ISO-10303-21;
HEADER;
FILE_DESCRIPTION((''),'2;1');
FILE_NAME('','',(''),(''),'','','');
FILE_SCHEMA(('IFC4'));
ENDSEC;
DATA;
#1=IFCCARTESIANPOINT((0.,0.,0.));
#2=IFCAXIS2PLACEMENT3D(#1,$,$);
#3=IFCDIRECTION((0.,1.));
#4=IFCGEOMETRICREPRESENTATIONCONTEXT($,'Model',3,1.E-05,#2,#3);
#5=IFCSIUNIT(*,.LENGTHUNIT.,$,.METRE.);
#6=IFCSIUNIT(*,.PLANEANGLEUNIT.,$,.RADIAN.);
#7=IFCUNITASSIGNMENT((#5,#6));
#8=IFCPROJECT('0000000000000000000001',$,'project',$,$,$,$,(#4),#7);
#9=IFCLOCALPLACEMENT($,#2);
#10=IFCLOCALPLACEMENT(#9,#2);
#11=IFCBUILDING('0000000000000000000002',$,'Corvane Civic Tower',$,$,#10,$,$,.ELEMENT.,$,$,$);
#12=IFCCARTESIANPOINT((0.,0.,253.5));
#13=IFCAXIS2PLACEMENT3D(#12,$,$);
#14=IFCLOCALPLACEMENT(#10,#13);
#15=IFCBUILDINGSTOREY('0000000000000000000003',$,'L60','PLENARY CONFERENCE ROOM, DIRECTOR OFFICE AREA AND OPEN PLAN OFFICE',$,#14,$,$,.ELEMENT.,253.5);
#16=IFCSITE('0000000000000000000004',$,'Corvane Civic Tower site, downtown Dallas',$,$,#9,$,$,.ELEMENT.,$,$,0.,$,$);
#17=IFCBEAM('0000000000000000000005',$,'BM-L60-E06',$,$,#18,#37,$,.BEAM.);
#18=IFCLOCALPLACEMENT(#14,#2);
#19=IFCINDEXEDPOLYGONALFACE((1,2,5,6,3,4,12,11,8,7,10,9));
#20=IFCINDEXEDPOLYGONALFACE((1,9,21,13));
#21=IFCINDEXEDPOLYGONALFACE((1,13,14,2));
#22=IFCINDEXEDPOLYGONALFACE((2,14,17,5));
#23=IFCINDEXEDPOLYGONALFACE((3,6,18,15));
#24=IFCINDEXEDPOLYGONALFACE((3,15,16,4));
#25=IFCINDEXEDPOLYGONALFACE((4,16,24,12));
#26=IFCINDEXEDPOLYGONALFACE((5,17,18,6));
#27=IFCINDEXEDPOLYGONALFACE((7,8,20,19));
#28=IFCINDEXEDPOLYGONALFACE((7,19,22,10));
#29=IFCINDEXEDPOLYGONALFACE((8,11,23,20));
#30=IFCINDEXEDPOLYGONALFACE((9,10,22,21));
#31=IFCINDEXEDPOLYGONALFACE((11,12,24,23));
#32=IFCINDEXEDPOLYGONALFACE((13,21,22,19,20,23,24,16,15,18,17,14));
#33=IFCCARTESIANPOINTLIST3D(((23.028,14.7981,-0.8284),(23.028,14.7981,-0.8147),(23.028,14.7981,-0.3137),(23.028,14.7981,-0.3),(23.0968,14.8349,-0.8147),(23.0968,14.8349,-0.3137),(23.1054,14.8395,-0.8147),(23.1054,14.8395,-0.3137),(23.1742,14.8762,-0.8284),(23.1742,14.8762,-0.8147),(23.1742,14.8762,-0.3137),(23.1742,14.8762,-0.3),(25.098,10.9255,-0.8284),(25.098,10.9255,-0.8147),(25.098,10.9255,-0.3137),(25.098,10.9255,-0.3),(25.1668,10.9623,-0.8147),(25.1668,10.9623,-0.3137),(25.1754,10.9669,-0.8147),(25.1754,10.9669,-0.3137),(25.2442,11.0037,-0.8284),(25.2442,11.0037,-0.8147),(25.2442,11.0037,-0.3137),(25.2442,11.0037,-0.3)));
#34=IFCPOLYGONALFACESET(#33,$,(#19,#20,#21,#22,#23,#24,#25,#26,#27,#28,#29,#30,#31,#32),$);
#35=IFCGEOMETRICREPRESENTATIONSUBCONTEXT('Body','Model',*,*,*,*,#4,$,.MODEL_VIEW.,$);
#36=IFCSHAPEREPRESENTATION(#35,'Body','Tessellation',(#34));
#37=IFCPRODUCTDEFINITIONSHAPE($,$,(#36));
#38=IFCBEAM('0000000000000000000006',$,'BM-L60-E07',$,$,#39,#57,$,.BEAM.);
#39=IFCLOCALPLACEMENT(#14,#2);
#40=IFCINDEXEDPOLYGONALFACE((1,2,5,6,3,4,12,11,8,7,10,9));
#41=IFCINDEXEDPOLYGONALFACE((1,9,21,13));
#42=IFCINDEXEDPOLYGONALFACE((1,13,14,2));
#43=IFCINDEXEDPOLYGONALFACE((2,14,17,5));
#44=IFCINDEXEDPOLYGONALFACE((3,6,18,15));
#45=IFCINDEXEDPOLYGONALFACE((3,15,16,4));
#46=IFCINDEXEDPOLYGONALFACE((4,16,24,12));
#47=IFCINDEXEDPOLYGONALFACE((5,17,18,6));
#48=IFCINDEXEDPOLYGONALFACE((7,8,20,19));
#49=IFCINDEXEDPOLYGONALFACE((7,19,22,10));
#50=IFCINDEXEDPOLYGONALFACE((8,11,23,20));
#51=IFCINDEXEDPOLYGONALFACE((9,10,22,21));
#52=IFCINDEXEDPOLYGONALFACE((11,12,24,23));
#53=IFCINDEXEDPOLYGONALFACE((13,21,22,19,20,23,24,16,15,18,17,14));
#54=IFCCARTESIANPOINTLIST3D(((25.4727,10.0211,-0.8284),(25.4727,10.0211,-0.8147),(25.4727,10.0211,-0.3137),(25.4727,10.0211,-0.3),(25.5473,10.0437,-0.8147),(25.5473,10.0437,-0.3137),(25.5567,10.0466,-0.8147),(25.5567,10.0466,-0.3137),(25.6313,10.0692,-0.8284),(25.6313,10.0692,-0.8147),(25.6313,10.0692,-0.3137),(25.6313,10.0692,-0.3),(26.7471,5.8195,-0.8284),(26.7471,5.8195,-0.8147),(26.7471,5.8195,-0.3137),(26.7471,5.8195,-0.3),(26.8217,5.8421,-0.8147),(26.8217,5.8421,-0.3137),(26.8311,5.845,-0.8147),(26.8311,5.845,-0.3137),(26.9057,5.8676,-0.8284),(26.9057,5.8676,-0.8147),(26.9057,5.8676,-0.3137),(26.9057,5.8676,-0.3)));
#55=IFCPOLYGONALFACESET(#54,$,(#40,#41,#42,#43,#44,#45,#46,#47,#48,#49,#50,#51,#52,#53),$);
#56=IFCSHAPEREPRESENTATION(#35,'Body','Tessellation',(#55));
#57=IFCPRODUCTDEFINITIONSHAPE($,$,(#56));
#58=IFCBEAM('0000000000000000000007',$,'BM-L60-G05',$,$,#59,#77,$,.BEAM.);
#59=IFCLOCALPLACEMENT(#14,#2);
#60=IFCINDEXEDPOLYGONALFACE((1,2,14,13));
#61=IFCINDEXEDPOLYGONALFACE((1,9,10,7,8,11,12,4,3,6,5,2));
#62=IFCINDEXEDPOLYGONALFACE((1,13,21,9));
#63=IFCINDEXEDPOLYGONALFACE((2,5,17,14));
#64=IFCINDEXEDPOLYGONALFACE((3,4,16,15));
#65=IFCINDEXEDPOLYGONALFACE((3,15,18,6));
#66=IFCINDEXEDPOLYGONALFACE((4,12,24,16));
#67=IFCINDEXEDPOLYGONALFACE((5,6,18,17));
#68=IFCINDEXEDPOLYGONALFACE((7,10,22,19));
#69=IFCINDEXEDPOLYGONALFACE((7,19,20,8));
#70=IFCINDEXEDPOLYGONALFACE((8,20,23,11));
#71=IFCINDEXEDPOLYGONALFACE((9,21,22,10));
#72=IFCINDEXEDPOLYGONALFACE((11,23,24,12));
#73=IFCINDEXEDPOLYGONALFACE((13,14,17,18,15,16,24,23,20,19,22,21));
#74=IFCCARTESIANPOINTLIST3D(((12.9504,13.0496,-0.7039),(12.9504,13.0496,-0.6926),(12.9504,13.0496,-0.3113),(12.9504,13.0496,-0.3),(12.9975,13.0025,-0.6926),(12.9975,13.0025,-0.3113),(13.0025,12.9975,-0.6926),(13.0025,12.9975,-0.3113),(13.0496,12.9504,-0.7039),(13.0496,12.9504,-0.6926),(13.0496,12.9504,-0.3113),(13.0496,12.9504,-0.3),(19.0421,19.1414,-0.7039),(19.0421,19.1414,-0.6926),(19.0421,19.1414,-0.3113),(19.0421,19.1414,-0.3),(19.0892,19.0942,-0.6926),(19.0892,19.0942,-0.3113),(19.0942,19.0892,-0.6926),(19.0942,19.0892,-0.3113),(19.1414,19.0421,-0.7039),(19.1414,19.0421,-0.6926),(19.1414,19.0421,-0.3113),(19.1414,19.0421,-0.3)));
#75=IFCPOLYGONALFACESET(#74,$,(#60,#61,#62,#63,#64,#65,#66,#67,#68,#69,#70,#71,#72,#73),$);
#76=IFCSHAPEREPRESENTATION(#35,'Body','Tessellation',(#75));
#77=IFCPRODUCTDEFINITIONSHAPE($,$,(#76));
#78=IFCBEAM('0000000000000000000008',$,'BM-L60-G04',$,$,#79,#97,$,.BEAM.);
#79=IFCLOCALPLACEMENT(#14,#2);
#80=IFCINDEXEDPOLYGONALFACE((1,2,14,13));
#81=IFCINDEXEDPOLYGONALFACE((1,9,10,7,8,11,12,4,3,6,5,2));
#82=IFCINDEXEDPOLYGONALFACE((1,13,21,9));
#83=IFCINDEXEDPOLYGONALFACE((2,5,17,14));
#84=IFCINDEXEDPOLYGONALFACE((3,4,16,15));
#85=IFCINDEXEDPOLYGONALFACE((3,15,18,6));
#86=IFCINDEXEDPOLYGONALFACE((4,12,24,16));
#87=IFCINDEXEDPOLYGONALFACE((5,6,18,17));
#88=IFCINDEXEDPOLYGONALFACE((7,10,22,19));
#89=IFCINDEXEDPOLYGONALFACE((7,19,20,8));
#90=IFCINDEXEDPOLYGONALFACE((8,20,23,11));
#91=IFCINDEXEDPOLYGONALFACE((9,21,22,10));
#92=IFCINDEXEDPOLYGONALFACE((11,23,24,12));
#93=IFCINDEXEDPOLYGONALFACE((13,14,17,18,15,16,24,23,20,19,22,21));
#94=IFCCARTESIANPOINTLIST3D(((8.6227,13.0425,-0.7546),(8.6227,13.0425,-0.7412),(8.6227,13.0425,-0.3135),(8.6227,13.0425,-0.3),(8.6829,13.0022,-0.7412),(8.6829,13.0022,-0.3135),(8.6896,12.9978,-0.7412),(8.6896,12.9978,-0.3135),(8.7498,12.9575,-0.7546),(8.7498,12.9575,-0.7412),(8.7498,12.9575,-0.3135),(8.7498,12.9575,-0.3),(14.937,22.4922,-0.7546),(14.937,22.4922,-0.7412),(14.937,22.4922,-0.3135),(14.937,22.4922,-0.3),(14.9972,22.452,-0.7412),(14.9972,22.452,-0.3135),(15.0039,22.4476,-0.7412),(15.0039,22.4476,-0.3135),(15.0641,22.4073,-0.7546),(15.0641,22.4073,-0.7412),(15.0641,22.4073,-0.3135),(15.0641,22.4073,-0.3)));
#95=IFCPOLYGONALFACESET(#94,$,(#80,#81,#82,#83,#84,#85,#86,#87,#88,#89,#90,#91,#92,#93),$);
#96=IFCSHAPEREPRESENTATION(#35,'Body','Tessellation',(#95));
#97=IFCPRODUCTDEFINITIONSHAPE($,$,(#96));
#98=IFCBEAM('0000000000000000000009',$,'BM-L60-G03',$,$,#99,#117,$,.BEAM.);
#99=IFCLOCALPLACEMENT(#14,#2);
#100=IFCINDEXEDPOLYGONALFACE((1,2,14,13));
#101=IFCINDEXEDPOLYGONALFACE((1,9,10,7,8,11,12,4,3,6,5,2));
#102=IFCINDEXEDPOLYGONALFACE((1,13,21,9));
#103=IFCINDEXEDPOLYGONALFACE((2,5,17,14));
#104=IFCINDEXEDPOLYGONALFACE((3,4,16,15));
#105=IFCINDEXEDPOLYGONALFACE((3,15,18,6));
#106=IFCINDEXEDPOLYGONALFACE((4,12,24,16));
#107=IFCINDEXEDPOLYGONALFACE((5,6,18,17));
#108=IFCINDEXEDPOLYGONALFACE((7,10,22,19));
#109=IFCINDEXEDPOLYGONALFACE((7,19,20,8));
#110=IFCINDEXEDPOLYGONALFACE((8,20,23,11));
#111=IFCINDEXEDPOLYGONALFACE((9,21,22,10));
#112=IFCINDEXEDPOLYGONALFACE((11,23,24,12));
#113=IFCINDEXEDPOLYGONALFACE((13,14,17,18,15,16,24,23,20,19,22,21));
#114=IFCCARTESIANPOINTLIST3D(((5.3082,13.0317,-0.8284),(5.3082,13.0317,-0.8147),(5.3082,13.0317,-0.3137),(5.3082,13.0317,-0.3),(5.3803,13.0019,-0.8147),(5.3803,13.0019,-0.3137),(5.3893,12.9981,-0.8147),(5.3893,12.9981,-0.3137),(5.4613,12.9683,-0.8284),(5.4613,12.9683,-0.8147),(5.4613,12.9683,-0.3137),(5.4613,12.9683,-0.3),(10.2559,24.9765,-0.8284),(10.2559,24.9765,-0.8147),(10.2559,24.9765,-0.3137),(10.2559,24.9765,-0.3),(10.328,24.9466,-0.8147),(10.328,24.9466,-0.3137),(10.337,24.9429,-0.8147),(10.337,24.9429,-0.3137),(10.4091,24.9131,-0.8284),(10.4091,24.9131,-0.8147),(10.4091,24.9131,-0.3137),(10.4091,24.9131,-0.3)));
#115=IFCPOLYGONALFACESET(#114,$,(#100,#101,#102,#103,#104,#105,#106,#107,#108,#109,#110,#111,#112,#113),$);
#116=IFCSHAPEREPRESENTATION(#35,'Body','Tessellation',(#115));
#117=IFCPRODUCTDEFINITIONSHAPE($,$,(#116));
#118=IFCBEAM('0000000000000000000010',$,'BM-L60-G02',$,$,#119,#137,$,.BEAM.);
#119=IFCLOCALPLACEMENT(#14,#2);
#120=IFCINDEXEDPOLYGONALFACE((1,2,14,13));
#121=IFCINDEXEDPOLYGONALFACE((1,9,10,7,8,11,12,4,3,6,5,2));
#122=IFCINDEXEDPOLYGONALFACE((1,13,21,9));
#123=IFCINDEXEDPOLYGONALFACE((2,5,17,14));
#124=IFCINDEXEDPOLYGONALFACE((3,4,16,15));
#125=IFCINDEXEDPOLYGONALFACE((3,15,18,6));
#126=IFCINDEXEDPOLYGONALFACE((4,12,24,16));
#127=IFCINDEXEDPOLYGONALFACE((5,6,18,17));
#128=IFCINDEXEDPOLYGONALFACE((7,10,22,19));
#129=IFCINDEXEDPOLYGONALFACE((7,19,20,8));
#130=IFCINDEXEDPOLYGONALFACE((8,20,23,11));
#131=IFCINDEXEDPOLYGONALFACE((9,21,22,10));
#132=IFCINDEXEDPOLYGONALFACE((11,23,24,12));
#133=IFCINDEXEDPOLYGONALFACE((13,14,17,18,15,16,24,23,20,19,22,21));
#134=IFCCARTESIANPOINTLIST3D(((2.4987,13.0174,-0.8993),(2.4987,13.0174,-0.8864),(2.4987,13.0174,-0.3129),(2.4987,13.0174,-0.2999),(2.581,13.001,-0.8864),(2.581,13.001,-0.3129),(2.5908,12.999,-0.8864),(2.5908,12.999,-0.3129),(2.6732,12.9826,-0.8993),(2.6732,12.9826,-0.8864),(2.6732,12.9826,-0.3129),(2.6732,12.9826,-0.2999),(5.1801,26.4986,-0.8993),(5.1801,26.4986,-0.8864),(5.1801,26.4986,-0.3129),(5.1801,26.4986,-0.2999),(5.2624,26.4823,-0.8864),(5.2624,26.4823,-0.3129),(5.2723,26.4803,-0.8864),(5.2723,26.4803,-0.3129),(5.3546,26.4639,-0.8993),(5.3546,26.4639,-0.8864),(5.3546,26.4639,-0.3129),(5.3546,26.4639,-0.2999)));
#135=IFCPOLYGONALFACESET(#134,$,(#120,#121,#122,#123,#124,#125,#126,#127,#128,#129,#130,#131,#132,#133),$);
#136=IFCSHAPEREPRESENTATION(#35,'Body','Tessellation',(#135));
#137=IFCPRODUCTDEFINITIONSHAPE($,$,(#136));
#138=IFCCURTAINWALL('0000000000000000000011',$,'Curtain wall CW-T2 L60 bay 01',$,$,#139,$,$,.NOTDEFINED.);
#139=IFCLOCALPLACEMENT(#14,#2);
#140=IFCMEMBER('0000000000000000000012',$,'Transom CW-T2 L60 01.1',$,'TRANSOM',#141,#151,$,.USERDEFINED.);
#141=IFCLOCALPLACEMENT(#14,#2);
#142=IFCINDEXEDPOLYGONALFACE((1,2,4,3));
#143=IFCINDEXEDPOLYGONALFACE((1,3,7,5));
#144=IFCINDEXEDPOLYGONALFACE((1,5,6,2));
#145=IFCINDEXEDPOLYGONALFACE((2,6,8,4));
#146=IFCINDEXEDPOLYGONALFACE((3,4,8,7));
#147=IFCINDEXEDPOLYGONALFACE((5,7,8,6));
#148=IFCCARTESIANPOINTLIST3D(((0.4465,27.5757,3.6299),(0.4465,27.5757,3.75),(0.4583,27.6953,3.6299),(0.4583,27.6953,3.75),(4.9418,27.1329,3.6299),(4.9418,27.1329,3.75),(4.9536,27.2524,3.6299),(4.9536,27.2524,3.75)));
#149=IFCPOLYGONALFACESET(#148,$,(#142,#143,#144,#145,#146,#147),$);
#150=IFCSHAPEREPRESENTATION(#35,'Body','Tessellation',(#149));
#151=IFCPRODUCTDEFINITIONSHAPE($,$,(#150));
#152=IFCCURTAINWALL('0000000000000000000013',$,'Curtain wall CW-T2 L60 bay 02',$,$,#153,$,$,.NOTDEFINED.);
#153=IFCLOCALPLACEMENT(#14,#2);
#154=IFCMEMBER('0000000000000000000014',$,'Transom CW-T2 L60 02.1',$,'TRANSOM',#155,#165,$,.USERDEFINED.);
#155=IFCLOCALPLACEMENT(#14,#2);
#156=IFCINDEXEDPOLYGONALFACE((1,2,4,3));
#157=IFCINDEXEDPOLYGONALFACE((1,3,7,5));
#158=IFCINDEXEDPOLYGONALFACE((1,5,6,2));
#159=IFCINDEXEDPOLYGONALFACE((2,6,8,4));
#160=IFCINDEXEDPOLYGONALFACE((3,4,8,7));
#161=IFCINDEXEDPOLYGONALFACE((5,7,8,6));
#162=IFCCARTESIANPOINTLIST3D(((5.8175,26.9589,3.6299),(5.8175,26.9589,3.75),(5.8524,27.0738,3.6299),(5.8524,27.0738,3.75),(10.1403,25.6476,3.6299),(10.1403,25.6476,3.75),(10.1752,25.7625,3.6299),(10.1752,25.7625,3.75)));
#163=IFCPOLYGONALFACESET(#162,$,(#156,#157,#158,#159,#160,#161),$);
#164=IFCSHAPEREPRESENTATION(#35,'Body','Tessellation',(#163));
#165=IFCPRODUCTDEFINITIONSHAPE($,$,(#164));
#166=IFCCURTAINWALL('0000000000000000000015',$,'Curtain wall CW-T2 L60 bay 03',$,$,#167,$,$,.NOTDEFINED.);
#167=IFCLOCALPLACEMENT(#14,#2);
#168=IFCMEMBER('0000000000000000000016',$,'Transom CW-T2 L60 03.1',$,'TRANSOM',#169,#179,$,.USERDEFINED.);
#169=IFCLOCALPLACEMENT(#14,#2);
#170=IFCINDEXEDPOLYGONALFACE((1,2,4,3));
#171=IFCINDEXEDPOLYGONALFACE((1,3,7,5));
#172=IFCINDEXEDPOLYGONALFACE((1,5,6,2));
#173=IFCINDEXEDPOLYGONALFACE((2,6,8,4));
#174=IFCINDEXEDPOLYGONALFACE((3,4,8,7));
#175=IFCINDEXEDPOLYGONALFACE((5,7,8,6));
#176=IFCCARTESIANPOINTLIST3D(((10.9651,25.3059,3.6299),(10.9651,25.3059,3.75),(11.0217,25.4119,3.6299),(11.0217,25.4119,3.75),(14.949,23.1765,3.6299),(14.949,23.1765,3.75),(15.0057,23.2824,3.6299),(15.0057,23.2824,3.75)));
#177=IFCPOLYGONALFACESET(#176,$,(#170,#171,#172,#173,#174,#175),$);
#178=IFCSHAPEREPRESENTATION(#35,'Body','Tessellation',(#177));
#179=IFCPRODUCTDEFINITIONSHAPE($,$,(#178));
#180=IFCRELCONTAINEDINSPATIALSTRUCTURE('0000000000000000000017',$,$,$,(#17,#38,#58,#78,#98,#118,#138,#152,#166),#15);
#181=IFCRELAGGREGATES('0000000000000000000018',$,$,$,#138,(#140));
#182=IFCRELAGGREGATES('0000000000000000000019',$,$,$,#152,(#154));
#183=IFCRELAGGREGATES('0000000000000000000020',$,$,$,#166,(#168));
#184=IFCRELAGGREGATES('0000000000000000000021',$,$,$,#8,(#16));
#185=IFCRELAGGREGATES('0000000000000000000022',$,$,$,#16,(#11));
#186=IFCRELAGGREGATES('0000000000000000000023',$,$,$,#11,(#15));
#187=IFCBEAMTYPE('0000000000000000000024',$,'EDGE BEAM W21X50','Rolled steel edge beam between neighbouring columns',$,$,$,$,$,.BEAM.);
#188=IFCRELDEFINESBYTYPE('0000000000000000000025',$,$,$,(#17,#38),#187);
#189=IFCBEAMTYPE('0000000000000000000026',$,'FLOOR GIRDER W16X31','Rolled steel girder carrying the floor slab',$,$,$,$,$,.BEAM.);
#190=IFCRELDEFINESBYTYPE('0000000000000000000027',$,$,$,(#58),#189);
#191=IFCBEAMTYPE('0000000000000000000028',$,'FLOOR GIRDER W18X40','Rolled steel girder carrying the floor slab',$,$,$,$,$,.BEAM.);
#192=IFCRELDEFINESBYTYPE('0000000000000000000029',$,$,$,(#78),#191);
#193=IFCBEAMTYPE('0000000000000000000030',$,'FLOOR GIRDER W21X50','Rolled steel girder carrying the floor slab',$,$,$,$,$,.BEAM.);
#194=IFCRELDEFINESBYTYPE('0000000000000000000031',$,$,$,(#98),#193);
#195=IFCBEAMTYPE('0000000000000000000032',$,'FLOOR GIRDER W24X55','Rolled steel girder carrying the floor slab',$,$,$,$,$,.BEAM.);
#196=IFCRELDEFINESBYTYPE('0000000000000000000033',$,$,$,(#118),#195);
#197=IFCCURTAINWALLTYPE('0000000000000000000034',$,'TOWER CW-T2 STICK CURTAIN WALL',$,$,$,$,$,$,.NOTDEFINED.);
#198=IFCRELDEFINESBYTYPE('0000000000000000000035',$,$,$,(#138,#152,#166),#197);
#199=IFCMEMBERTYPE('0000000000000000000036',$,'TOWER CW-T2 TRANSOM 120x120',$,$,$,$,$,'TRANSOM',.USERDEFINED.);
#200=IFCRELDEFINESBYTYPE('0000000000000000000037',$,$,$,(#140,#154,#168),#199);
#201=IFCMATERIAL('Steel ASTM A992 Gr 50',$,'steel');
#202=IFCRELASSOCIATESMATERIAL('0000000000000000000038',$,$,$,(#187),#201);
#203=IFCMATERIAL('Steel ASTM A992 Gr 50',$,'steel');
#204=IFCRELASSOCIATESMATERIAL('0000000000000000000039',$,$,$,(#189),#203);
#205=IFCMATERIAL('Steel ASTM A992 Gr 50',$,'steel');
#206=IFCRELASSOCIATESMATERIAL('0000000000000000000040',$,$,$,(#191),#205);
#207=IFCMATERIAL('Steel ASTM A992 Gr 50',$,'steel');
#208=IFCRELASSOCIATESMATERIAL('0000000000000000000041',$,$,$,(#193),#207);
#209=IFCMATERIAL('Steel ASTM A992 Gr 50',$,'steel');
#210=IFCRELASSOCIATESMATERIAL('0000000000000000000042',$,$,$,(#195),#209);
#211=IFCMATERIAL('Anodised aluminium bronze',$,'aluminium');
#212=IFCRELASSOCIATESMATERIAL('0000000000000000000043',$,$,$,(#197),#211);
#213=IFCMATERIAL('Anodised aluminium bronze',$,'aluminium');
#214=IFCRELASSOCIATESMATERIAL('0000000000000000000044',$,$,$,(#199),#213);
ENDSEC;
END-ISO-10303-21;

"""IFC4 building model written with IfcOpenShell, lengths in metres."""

from ifc_helpers import new_model, si_unit, direction, frame, origin, origin_2d, place, context, subcontext, project, spatial, rectangle, i_section, extrude, material, material_profile, profile_set, type_object, element, aggregate, save


model = new_model("IFC4")

# Units and contexts
model_context = context("Model", 3, precision=1e-05, world=origin(), true_north=direction((0.0, 1.0)))
body_context = subcontext(model_context, "Body", "Model", "MODEL_VIEW")
ifc_project = project(units=[si_unit("LENGTHUNIT", "METRE"), si_unit("PLANEANGLEUNIT", "RADIAN")], contexts=[model_context])

# Site, building, storey
site_placement = place(None, origin())
site = spatial("IfcSite", under=ifc_project, at=site_placement, Name="Corvane Civic Tower site, downtown Dallas", CompositionType="ELEMENT", RefElevation=0.0)
building_placement = place(site_placement, origin())
building = spatial("IfcBuilding", under=site, at=building_placement, Name="Corvane Civic Tower", CompositionType="ELEMENT")
storey_placement = place(building_placement, frame((0.0, 0.0, 253.5)))
storey = spatial("IfcBuildingStorey", under=building, at=storey_placement, Name="L60", Description="PLENARY CONFERENCE ROOM, DIRECTOR OFFICE AREA AND OPEN PLAN OFFICE", CompositionType="ELEMENT", Elevation=253.5)

# Beams
ifc_material_1 = material(Name="Steel ASTM A992 Gr 50", Category="steel")
ifc_material_profile_1 = material_profile(ifc_material_1, i_section(OverallWidth=0.1658, OverallDepth=0.5283, WebThickness=0.0098, FlangeThickness=0.0137, at=origin_2d()), Name="W21X50")
ifc_profile_set_1 = profile_set([ifc_material_profile_1], Name="Steel ASTM A992 Gr 50")
beam_type_1 = type_object("IfcBeamType", Name="EDGE BEAM W21X50", Description="Rolled steel edge beam between neighbouring columns", PredefinedType="BEAM", material=ifc_profile_set_1)
for number, where, z_axis, x_axis, name in (
    (1, (23.1011, 14.8372, -0.5642), (0.471422, -0.881908, 0.0), (0.881908, 0.471422, 0.0), "BM-L60-E06"),
):
    element("IfcBeam", number, at=place(storey_placement, frame(where, z_axis=z_axis, x_axis=x_axis)), inside=storey, type_object=beam_type_1, Name=name, PredefinedType="BEAM", context=body_context, shape_type="SweptSolid", body=[
        extrude(i_section(OverallWidth=0.1658, OverallDepth=0.5283, WebThickness=0.0098, FlangeThickness=0.0137, at=origin_2d()), origin(), (0.0, 0.0, 1.0), 4.3911),
    ])
beam_1_placement = place(storey_placement, frame((25.552, 10.0452, -0.5642), z_axis=(0.290254, -0.95695, 0.0), x_axis=(0.95695, 0.290254, 0.0)))
element("IfcBeam", 2, at=beam_1_placement, inside=storey, type_object=beam_type_1, Name="BM-L60-E07", PredefinedType="BEAM", context=body_context, shape_type="SweptSolid", body=[
    extrude(i_section(OverallWidth=0.1658, OverallDepth=0.5283, WebThickness=0.0098, FlangeThickness=0.0137, at=origin_2d()), origin(), (0.0, 0.0, 1.0), 4.3906),
])
ifc_material_2 = material(Name="Steel ASTM A992 Gr 50", Category="steel")
ifc_material_profile_2 = material_profile(ifc_material_2, i_section(OverallWidth=0.1404, OverallDepth=0.4038, WebThickness=0.0071, FlangeThickness=0.0112, at=origin_2d()), Name="W16X31")
ifc_profile_set_2 = profile_set([ifc_material_profile_2], Name="Steel ASTM A992 Gr 50")
beam_type_2 = type_object("IfcBeamType", Name="FLOOR GIRDER W16X31", Description="Rolled steel girder carrying the floor slab", PredefinedType="BEAM", material=ifc_profile_set_2)
beam_2_placement = place(storey_placement, frame((13.0, 13.0, -0.502), z_axis=(0.707107, 0.707107, 0.0), x_axis=(-0.707107, 0.707107, 0.0)))
element("IfcBeam", 3, at=beam_2_placement, inside=storey, type_object=beam_type_2, Name="BM-L60-G05", PredefinedType="BEAM", context=body_context, shape_type="SweptSolid", body=[
    extrude(i_section(OverallWidth=0.1404, OverallDepth=0.4038, WebThickness=0.0071, FlangeThickness=0.0112, at=origin_2d()), origin(), (0.0, 0.0, 1.0), 8.615),
])
ifc_material_3 = material(Name="Steel ASTM A992 Gr 50", Category="steel")
ifc_material_profile_3 = material_profile(ifc_material_3, i_section(OverallWidth=0.1528, OverallDepth=0.4546, WebThickness=0.0081, FlangeThickness=0.0134, at=origin_2d()), Name="W18X40")
ifc_profile_set_3 = profile_set([ifc_material_profile_3], Name="Steel ASTM A992 Gr 50")
beam_type_3 = type_object("IfcBeamType", Name="FLOOR GIRDER W18X40", Description="Rolled steel girder carrying the floor slab", PredefinedType="BEAM", material=ifc_profile_set_3)
beam_3_placement = place(storey_placement, frame((8.6863, 13.0, -0.5273), z_axis=(0.555577, 0.831465, 0.0), x_axis=(-0.831465, 0.555577, 0.0)))
element("IfcBeam", 4, at=beam_3_placement, inside=storey, type_object=beam_type_3, Name="BM-L60-G04", PredefinedType="BEAM", context=body_context, shape_type="SweptSolid", body=[
    extrude(i_section(OverallWidth=0.1528, OverallDepth=0.4546, WebThickness=0.0081, FlangeThickness=0.0134, at=origin_2d()), origin(), (0.0, 0.0, 1.0), 11.3652),
])
ifc_material_4 = material(Name="Steel ASTM A992 Gr 50", Category="steel")
ifc_material_profile_4 = material_profile(ifc_material_4, i_section(OverallWidth=0.1658, OverallDepth=0.5283, WebThickness=0.0098, FlangeThickness=0.0137, at=origin_2d()), Name="W21X50")
ifc_profile_set_4 = profile_set([ifc_material_profile_4], Name="Steel ASTM A992 Gr 50")
beam_type_4 = type_object("IfcBeamType", Name="FLOOR GIRDER W21X50", Description="Rolled steel girder carrying the floor slab", PredefinedType="BEAM", material=ifc_profile_set_4)
beam_4_placement = place(storey_placement, frame((5.3848, 13.0, -0.5642), z_axis=(0.382686, 0.923878, 0.0), x_axis=(-0.923878, 0.382686, 0.0)))
element("IfcBeam", 5, at=beam_4_placement, inside=storey, type_object=beam_type_4, Name="BM-L60-G03", PredefinedType="BEAM", context=body_context, shape_type="SweptSolid", body=[
    extrude(i_section(OverallWidth=0.1658, OverallDepth=0.5283, WebThickness=0.0098, FlangeThickness=0.0137, at=origin_2d()), origin(), (0.0, 0.0, 1.0), 12.929),
])
ifc_material_5 = material(Name="Steel ASTM A992 Gr 50", Category="steel")
ifc_material_profile_5 = material_profile(ifc_material_5, i_section(OverallWidth=0.178, OverallDepth=0.5994, WebThickness=0.01, FlangeThickness=0.0129, at=origin_2d()), Name="W24X55")
ifc_profile_set_5 = profile_set([ifc_material_profile_5], Name="Steel ASTM A992 Gr 50")
beam_type_5 = type_object("IfcBeamType", Name="FLOOR GIRDER W24X55", Description="Rolled steel girder carrying the floor slab", PredefinedType="BEAM", material=ifc_profile_set_5)
beam_5_placement = place(storey_placement, frame((2.5859, 13.0, -0.5996), z_axis=(0.195078, 0.980788, 0.0), x_axis=(-0.980788, 0.195078, 0.0)))
element("IfcBeam", 6, at=beam_5_placement, inside=storey, type_object=beam_type_5, Name="BM-L60-G02", PredefinedType="BEAM", context=body_context, shape_type="SweptSolid", body=[
    extrude(i_section(OverallWidth=0.178, OverallDepth=0.5994, WebThickness=0.01, FlangeThickness=0.0129, at=origin_2d()), origin(), (0.0, 0.0, 1.0), 13.7454),
])

# Curtain walls, members
ifc_material_6 = material(Name="Anodised aluminium bronze", Category="aluminium")
curtain_wall_type = type_object("IfcCurtainWallType", Name="TOWER CW-T2 STICK CURTAIN WALL", PredefinedType="NOTDEFINED", material=ifc_material_6)
curtain_wall_1_placement = place(storey_placement, origin())
curtain_wall_1 = element("IfcCurtainWall", 7, at=curtain_wall_1_placement, inside=storey, type_object=curtain_wall_type, Name="Curtain wall CW-T2 L60 bay 01", PredefinedType="NOTDEFINED")
ifc_material_7 = material(Name="Anodised aluminium bronze", Category="aluminium")
ifc_material_profile_6 = material_profile(ifc_material_7, rectangle(XDim=0.1201, YDim=0.1201, at=origin_2d()), Name="TOWER CW-T2 TRANSOM 120x120")
ifc_profile_set_6 = profile_set([ifc_material_profile_6], Name="Anodised aluminium bronze")
member_type = type_object("IfcMemberType", Name="TOWER CW-T2 TRANSOM 120x120", ElementType="TRANSOM", PredefinedType="USERDEFINED", material=ifc_profile_set_6)
member_1_placement = place(storey_placement, frame((0.4524, 27.6355, 3.6899), z_axis=(0.995182, -0.098043, 0.0), x_axis=(0.098043, 0.995182, 0.0)))
member_1 = element("IfcMember", 8, at=member_1_placement, type_object=member_type, Name="Transom CW-T2 L60 01.1", ObjectType="TRANSOM", PredefinedType="USERDEFINED", context=body_context, shape_type="SweptSolid", body=[
    extrude(rectangle(XDim=0.1201, YDim=0.1201, at=origin_2d()), origin(), (0.0, 0.0, 1.0), 4.5171),
])
curtain_wall_2_placement = place(storey_placement, origin())
curtain_wall_2 = element("IfcCurtainWall", 9, at=curtain_wall_2_placement, inside=storey, type_object=curtain_wall_type, Name="Curtain wall CW-T2 L60 bay 02", PredefinedType="NOTDEFINED")
member_2_placement = place(storey_placement, frame((5.835, 27.0164, 3.6899), z_axis=(0.956941, -0.290282, 0.0), x_axis=(0.290282, 0.956941, 0.0)))
member_2 = element("IfcMember", 10, at=member_2_placement, type_object=member_type, Name="Transom CW-T2 L60 02.1", ObjectType="TRANSOM", PredefinedType="USERDEFINED", context=body_context, shape_type="SweptSolid", body=[
    extrude(rectangle(XDim=0.1201, YDim=0.1201, at=origin_2d()), origin(), (0.0, 0.0, 1.0), 4.5173),
])
curtain_wall_3_placement = place(storey_placement, origin())
curtain_wall_3 = element("IfcCurtainWall", 11, at=curtain_wall_3_placement, inside=storey, type_object=curtain_wall_type, Name="Curtain wall CW-T2 L60 bay 03", PredefinedType="NOTDEFINED")
member_3_placement = place(storey_placement, frame((10.9934, 25.3589, 3.6899), z_axis=(0.881925, -0.47139, 0.0), x_axis=(0.47139, 0.881925, 0.0)))
member_3 = element("IfcMember", 12, at=member_3_placement, type_object=member_type, Name="Transom CW-T2 L60 03.1", ObjectType="TRANSOM", PredefinedType="USERDEFINED", context=body_context, shape_type="SweptSolid", body=[
    extrude(rectangle(XDim=0.1201, YDim=0.1201, at=origin_2d()), origin(), (0.0, 0.0, 1.0), 4.5173),
])

aggregate(curtain_wall_1, [member_1])
aggregate(curtain_wall_2, [member_2])
aggregate(curtain_wall_3, [member_3])

save(model, "model.ifc")
